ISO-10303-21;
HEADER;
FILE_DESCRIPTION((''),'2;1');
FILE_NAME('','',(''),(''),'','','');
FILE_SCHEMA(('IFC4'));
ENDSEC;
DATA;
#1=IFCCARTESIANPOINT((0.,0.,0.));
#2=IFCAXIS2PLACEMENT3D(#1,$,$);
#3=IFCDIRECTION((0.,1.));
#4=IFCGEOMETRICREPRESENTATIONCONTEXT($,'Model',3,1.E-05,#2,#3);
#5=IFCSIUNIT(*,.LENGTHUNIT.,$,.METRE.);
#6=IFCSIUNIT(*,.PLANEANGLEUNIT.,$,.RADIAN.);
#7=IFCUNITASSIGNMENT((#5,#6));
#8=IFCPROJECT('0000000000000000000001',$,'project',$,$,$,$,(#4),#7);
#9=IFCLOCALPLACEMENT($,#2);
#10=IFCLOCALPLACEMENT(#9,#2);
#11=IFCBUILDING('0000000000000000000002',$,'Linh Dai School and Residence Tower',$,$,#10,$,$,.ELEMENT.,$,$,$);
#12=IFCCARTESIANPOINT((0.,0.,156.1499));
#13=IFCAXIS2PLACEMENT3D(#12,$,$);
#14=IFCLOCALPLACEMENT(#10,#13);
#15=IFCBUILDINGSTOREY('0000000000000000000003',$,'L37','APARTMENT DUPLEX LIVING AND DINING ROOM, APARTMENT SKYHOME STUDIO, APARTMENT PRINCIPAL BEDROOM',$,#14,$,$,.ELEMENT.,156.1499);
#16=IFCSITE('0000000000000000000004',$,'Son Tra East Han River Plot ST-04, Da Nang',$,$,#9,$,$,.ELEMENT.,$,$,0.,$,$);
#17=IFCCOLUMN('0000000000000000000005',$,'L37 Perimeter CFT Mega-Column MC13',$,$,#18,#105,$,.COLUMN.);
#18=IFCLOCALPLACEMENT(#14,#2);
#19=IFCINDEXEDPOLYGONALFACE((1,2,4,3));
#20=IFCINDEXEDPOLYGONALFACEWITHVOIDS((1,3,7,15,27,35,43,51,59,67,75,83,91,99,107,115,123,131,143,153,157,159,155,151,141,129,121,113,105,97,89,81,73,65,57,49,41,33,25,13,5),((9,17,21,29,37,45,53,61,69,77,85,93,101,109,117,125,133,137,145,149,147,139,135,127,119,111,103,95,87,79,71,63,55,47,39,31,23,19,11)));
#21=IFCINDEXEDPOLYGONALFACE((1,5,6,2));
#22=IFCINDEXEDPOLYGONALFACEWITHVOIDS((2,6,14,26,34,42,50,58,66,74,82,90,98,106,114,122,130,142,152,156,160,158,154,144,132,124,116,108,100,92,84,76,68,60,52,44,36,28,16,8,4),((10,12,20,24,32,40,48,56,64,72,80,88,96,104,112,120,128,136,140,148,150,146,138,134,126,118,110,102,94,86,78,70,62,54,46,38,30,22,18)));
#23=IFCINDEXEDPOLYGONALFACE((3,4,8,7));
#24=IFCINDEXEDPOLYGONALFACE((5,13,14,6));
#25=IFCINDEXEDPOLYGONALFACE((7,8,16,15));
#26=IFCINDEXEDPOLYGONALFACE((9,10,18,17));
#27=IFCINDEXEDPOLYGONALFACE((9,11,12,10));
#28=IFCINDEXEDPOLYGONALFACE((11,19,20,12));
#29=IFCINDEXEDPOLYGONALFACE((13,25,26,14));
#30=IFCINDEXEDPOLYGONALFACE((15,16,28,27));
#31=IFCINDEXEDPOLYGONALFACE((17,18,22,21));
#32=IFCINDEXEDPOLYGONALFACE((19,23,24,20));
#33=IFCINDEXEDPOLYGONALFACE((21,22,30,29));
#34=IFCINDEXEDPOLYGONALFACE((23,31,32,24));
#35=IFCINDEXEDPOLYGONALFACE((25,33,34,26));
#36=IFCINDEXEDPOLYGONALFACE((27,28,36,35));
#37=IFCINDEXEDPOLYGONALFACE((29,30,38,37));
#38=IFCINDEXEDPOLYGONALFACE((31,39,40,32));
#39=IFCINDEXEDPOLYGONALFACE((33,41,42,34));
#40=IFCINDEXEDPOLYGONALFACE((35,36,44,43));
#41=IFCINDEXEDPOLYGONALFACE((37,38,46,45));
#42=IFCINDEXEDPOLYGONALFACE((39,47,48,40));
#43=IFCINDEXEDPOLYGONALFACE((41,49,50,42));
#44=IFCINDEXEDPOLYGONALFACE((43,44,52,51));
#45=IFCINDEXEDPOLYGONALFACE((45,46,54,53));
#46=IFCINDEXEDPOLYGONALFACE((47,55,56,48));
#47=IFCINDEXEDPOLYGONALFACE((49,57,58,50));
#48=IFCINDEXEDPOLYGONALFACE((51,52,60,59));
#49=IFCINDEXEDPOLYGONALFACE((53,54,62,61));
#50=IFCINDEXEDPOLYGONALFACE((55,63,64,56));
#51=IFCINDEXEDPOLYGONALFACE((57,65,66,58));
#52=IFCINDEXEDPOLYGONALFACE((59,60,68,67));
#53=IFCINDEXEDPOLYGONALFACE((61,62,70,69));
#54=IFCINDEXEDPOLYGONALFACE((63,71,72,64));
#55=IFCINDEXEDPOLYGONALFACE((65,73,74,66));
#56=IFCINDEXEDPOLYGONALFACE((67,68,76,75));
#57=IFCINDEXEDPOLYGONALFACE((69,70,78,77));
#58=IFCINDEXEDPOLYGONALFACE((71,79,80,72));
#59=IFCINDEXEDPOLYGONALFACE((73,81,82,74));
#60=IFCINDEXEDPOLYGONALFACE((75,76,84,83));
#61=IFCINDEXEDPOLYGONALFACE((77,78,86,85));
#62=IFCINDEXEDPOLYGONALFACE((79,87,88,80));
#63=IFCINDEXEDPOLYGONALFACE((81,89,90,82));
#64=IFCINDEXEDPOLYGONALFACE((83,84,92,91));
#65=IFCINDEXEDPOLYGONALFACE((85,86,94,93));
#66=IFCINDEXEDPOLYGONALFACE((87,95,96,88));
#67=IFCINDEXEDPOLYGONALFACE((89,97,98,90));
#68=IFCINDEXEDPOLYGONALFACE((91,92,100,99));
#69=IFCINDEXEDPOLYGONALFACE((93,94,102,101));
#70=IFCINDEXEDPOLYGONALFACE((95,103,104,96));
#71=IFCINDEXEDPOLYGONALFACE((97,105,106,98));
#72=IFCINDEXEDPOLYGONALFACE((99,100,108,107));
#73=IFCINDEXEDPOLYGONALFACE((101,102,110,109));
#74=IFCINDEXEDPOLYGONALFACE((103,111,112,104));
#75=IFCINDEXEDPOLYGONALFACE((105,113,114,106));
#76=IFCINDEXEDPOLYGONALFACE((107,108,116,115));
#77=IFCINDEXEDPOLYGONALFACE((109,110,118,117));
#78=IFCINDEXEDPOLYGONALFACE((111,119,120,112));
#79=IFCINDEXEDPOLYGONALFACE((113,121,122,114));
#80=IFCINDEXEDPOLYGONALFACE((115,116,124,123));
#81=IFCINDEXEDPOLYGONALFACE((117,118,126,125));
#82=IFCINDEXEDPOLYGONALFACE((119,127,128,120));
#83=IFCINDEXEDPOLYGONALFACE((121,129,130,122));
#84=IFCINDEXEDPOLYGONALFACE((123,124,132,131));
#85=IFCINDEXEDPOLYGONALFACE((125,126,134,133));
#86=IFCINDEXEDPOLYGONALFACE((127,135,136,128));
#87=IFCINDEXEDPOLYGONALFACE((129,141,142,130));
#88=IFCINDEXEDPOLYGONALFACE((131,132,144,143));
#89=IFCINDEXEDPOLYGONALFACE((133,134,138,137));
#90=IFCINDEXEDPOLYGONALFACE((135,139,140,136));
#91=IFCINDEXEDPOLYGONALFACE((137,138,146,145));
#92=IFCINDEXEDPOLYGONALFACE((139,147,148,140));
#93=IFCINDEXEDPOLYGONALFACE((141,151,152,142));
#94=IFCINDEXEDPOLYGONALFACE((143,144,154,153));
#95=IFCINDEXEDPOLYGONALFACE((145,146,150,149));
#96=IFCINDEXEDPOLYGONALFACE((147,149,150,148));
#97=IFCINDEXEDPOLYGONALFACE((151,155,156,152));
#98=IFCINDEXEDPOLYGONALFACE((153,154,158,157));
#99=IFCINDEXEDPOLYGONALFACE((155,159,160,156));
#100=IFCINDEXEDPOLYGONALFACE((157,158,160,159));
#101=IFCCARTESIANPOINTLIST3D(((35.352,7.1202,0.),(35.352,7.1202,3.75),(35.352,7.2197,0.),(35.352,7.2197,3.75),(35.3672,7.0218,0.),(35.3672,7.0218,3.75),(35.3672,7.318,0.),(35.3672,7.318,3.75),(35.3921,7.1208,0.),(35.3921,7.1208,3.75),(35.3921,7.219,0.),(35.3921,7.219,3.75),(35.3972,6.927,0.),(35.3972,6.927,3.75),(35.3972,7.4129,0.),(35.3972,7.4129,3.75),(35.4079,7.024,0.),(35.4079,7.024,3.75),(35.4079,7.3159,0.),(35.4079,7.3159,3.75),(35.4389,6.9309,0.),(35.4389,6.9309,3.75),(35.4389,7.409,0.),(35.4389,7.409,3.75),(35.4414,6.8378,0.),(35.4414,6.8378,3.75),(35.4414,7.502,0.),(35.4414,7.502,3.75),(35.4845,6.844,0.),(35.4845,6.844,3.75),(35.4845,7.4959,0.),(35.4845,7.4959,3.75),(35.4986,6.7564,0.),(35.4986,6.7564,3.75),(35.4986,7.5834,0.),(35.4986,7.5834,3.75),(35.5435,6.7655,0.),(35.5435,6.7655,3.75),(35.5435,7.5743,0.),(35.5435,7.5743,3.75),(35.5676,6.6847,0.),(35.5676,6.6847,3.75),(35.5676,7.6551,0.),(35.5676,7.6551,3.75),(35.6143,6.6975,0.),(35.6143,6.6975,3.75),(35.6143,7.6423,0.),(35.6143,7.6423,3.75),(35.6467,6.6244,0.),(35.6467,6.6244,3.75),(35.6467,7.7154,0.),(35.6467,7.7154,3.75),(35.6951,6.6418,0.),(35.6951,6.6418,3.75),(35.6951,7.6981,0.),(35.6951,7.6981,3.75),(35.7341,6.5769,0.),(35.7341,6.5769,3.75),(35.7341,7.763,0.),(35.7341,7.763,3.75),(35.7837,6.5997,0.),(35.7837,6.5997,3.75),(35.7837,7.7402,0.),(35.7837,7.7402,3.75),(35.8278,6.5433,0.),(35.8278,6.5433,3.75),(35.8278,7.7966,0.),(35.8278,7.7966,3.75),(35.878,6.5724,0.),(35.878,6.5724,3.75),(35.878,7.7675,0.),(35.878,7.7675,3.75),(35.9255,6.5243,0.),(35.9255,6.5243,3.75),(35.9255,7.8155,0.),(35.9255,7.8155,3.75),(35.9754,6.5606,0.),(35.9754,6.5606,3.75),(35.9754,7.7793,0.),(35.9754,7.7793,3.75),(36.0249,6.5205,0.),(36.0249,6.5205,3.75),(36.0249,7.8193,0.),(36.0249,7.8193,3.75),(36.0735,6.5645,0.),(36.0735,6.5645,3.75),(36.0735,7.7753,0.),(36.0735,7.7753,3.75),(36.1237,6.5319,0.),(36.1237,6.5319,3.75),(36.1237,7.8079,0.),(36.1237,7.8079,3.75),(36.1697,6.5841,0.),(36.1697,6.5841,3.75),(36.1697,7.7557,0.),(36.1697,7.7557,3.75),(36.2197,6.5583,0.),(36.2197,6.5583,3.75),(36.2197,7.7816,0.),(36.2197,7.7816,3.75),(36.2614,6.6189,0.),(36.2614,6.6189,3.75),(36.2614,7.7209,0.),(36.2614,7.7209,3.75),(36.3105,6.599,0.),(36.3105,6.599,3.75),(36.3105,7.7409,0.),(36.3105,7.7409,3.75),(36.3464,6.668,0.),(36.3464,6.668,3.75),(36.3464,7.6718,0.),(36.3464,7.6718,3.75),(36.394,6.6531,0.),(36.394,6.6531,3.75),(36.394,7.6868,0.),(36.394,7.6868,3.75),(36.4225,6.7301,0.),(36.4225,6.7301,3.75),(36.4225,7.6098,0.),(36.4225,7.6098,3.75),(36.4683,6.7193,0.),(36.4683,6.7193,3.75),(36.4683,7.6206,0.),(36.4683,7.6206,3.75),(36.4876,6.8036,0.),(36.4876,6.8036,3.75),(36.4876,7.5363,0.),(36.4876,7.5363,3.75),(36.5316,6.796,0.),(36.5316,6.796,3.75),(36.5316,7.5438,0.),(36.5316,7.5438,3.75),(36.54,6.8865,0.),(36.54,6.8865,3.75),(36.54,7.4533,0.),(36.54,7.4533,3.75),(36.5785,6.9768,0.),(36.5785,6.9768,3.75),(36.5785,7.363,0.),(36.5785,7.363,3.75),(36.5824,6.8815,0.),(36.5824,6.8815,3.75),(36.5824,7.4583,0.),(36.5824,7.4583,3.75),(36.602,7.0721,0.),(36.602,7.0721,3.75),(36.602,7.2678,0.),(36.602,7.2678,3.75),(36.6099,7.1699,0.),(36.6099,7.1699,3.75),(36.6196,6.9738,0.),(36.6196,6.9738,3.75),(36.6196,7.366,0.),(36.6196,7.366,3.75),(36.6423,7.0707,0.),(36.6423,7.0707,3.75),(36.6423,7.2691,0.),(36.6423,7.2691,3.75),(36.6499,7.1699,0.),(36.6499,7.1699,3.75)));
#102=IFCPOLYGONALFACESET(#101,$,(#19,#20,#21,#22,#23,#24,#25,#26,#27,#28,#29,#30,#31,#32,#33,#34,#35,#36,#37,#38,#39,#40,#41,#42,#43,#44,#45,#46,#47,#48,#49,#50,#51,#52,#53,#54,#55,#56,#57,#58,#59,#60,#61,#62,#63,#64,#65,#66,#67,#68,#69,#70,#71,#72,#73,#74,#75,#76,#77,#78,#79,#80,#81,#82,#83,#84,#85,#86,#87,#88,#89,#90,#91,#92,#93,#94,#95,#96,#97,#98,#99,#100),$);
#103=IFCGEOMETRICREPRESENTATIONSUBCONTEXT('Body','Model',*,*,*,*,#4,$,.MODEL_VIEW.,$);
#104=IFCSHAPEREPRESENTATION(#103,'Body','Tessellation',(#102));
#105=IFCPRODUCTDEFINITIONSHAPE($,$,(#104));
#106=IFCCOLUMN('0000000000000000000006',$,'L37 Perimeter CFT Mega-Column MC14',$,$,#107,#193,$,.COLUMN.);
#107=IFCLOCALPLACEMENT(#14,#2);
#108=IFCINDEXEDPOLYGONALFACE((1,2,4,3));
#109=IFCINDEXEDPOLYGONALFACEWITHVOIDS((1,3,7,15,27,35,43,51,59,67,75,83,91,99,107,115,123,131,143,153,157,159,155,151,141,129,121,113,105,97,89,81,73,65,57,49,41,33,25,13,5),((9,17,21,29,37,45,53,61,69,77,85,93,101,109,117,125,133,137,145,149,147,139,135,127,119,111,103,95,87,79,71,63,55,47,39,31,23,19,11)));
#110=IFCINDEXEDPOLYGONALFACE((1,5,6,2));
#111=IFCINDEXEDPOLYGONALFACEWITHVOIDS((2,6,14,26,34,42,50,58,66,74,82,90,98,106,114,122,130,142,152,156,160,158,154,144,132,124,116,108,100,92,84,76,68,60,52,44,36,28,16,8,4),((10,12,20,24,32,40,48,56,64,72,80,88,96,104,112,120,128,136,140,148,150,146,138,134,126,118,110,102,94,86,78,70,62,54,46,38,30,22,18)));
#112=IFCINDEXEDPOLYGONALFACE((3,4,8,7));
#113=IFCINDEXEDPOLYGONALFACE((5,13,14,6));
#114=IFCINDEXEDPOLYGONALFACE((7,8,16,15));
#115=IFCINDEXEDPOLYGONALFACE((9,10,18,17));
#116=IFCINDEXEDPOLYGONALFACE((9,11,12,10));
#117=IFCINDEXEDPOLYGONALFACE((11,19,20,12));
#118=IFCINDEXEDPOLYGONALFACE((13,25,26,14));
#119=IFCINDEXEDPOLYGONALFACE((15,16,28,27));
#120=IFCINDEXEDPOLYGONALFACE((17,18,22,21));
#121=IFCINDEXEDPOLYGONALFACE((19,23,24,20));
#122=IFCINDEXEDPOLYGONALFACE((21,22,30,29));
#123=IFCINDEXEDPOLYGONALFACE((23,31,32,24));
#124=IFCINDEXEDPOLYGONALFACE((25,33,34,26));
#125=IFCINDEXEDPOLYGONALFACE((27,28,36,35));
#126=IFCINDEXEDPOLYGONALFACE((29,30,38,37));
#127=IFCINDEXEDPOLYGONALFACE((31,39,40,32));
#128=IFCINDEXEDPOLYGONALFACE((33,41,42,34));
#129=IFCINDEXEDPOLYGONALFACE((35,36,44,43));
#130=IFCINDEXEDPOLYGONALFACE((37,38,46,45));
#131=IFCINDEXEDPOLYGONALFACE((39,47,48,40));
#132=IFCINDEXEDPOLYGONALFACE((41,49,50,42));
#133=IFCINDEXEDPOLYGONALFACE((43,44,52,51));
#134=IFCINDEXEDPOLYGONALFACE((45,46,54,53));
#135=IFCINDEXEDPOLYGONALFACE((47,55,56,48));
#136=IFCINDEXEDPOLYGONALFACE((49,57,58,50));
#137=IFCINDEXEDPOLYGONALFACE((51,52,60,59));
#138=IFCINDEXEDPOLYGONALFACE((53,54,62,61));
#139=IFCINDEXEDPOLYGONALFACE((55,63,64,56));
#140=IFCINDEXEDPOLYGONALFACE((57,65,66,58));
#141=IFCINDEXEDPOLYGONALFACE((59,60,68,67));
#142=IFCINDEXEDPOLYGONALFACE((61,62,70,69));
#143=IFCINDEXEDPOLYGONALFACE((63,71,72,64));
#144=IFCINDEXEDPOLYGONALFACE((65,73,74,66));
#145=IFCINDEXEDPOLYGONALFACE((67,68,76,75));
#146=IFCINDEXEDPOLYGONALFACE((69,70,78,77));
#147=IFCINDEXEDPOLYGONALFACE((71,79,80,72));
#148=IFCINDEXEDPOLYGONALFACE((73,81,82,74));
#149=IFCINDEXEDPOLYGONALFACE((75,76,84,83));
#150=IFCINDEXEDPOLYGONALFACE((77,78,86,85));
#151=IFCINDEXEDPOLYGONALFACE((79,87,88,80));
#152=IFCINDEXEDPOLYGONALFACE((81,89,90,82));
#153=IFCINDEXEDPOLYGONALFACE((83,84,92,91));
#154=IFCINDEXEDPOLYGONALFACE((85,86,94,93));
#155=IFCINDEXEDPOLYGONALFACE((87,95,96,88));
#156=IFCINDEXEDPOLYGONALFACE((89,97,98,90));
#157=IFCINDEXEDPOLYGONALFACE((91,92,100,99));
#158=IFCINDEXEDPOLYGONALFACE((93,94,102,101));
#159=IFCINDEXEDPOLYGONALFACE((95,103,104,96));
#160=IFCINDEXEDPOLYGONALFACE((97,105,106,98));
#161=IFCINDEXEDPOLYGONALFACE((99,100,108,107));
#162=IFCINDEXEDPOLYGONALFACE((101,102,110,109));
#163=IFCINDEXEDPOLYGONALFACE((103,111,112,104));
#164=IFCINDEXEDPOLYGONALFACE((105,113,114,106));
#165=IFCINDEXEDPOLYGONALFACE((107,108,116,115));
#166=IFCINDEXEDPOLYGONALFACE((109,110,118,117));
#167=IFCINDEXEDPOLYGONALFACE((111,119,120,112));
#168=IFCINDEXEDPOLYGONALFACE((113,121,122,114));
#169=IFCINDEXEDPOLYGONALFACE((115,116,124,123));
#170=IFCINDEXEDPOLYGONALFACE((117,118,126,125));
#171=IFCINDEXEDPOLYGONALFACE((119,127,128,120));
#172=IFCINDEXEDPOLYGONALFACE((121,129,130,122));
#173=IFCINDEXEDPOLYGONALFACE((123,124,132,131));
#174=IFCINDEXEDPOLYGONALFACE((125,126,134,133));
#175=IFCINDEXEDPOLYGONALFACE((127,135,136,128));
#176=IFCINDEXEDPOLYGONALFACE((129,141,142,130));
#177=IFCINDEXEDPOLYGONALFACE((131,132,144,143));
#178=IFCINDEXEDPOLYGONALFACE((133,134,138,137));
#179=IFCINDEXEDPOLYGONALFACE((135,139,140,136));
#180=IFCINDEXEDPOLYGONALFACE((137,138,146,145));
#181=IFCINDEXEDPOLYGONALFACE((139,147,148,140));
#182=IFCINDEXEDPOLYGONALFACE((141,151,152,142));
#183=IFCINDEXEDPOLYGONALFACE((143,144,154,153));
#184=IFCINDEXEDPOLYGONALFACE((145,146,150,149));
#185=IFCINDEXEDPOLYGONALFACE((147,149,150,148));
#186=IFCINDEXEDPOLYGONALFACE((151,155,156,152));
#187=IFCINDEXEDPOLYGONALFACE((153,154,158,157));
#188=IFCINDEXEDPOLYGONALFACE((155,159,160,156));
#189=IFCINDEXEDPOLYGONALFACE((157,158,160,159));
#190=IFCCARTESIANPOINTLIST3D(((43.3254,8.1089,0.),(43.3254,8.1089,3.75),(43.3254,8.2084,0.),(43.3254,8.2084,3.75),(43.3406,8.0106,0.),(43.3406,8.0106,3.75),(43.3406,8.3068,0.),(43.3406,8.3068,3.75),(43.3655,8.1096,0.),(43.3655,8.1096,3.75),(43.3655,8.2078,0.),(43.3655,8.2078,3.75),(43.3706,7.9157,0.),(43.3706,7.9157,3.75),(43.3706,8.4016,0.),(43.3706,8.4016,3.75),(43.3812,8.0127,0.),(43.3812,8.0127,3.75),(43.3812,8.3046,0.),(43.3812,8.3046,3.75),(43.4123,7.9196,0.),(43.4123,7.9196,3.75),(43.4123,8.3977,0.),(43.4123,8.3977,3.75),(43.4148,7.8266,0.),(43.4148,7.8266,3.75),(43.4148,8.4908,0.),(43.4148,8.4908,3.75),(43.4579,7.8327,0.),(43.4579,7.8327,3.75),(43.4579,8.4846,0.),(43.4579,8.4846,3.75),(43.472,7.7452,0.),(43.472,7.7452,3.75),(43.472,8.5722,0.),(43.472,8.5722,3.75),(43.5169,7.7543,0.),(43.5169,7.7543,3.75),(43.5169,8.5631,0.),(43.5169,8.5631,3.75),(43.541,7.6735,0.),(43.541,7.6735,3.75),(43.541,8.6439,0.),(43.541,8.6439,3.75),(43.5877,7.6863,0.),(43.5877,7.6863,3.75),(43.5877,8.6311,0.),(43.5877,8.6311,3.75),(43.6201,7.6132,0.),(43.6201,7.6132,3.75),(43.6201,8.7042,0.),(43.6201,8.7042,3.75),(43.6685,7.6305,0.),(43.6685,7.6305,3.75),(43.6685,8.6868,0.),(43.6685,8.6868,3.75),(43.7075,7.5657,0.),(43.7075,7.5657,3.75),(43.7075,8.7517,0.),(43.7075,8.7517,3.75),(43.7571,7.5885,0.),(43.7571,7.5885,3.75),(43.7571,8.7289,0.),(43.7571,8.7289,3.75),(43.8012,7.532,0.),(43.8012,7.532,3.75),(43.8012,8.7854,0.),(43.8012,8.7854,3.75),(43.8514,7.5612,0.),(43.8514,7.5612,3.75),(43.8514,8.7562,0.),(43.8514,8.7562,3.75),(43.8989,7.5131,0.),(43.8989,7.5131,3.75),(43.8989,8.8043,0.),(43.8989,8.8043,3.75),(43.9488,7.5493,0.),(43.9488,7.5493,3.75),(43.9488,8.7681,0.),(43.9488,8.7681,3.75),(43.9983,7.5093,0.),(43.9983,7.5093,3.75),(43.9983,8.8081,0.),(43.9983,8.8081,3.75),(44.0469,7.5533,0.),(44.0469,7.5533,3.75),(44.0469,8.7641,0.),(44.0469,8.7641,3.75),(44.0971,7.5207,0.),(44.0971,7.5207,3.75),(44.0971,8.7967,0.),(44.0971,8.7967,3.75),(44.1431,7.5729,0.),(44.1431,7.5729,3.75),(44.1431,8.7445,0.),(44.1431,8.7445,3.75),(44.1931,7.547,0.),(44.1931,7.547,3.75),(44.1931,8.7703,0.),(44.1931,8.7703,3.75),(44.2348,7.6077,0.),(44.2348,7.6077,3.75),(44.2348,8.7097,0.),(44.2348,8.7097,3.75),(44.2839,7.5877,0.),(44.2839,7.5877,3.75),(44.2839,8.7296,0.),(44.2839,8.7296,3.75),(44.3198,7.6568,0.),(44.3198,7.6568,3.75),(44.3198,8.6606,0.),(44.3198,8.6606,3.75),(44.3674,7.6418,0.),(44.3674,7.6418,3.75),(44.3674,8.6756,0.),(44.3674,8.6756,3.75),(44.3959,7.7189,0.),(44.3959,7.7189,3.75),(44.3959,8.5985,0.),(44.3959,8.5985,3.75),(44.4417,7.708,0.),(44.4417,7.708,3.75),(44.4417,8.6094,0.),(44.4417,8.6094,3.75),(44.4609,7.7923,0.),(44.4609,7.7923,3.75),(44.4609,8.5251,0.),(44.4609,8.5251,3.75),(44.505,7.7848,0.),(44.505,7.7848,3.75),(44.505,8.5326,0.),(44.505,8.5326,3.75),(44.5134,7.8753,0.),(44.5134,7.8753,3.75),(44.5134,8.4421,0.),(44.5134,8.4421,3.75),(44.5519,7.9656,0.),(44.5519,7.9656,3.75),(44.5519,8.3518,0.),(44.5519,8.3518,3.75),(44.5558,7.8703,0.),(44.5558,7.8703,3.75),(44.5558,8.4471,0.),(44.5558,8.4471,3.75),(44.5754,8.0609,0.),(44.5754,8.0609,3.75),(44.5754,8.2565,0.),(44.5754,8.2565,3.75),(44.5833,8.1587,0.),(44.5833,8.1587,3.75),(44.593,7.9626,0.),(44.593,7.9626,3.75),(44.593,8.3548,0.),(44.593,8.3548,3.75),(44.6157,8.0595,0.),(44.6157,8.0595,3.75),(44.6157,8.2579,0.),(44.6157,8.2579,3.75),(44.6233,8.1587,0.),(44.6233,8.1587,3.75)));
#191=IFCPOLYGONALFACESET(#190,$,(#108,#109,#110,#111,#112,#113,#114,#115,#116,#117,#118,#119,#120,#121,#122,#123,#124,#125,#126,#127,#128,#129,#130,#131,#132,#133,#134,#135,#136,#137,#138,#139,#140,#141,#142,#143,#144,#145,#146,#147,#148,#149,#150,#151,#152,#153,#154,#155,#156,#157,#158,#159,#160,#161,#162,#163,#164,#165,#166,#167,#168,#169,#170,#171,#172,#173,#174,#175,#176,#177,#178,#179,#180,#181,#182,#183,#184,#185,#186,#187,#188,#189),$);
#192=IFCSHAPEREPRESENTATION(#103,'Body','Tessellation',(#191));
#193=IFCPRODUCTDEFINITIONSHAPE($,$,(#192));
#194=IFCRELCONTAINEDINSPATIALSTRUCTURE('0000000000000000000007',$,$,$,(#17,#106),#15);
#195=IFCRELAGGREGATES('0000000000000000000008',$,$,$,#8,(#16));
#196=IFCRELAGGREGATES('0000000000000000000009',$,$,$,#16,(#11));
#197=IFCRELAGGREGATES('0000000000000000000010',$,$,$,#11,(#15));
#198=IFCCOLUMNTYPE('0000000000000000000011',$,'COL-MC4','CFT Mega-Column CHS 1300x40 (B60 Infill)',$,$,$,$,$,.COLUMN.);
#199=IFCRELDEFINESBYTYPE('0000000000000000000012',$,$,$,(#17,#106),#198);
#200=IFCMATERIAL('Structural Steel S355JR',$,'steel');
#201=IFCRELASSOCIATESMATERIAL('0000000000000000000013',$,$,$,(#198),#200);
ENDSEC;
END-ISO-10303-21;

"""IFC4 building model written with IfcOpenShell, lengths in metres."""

from ifc_helpers import new_model, si_unit, direction, frame, origin, origin_2d, place, context, subcontext, project, spatial, hollow_circle, extrude, material, material_profile, profile_set, type_object, element, save


model = new_model("IFC4")

# Units and contexts
model_context = context("Model", 3, precision=1e-05, world=origin(), true_north=direction((0.0, 1.0)))
body_context = subcontext(model_context, "Body", "Model", "MODEL_VIEW")
ifc_project = project(units=[si_unit("LENGTHUNIT", "METRE"), si_unit("PLANEANGLEUNIT", "RADIAN")], contexts=[model_context])

# Site, building, storey
site_placement = place(None, origin())
site = spatial("IfcSite", under=ifc_project, at=site_placement, Name="Son Tra East Han River Plot ST-04, Da Nang", CompositionType="ELEMENT", RefElevation=0.0)
building_placement = place(site_placement, origin())
building = spatial("IfcBuilding", under=site, at=building_placement, Name="Linh Dai School and Residence Tower", CompositionType="ELEMENT")
storey_placement = place(building_placement, frame((0.0, 0.0, 156.1499)))
storey = spatial("IfcBuildingStorey", under=building, at=storey_placement, Name="L37", Description="APARTMENT DUPLEX LIVING AND DINING ROOM, APARTMENT SKYHOME STUDIO, APARTMENT PRINCIPAL BEDROOM", CompositionType="ELEMENT", Elevation=156.1499)

# Columns
ifc_material_1 = material(Name="Structural Steel S355JR", Category="steel")
ifc_material_profile_1 = material_profile(ifc_material_1, hollow_circle(Radius=0.6499, WallThickness=0.04, at=origin_2d()), Name="CHS 1300x40")
ifc_profile_set_1 = profile_set([ifc_material_profile_1], Name="Structural Steel S355JR")
column_type = type_object("IfcColumnType", Name="COL-MC4", Description="CFT Mega-Column CHS 1300x40 (B60 Infill)", PredefinedType="COLUMN", material=ifc_profile_set_1)
for number, where, z_axis, x_axis, name in (
    (1, (36.0, 7.1699, 0.0), (0.0, 0.0, 1.0), (1.0, 0.0, 0.0), "L37 Perimeter CFT Mega-Column MC13"),
    (2, (43.9734, 8.1587, 0.0), (0.0, 0.0, 1.0), (1.0, 0.0, 0.0), "L37 Perimeter CFT Mega-Column MC14"),
):
    element("IfcColumn", number, at=place(storey_placement, frame(where, z_axis=z_axis, x_axis=x_axis)), inside=storey, type_object=column_type, Name=name, PredefinedType="COLUMN", context=body_context, shape_type="SweptSolid", body=[
        extrude(hollow_circle(Radius=0.6499, WallThickness=0.04, at=origin_2d()), origin(), (0.0, 0.0, 1.0), 3.75),
    ])

save(model, "model.ifc")
